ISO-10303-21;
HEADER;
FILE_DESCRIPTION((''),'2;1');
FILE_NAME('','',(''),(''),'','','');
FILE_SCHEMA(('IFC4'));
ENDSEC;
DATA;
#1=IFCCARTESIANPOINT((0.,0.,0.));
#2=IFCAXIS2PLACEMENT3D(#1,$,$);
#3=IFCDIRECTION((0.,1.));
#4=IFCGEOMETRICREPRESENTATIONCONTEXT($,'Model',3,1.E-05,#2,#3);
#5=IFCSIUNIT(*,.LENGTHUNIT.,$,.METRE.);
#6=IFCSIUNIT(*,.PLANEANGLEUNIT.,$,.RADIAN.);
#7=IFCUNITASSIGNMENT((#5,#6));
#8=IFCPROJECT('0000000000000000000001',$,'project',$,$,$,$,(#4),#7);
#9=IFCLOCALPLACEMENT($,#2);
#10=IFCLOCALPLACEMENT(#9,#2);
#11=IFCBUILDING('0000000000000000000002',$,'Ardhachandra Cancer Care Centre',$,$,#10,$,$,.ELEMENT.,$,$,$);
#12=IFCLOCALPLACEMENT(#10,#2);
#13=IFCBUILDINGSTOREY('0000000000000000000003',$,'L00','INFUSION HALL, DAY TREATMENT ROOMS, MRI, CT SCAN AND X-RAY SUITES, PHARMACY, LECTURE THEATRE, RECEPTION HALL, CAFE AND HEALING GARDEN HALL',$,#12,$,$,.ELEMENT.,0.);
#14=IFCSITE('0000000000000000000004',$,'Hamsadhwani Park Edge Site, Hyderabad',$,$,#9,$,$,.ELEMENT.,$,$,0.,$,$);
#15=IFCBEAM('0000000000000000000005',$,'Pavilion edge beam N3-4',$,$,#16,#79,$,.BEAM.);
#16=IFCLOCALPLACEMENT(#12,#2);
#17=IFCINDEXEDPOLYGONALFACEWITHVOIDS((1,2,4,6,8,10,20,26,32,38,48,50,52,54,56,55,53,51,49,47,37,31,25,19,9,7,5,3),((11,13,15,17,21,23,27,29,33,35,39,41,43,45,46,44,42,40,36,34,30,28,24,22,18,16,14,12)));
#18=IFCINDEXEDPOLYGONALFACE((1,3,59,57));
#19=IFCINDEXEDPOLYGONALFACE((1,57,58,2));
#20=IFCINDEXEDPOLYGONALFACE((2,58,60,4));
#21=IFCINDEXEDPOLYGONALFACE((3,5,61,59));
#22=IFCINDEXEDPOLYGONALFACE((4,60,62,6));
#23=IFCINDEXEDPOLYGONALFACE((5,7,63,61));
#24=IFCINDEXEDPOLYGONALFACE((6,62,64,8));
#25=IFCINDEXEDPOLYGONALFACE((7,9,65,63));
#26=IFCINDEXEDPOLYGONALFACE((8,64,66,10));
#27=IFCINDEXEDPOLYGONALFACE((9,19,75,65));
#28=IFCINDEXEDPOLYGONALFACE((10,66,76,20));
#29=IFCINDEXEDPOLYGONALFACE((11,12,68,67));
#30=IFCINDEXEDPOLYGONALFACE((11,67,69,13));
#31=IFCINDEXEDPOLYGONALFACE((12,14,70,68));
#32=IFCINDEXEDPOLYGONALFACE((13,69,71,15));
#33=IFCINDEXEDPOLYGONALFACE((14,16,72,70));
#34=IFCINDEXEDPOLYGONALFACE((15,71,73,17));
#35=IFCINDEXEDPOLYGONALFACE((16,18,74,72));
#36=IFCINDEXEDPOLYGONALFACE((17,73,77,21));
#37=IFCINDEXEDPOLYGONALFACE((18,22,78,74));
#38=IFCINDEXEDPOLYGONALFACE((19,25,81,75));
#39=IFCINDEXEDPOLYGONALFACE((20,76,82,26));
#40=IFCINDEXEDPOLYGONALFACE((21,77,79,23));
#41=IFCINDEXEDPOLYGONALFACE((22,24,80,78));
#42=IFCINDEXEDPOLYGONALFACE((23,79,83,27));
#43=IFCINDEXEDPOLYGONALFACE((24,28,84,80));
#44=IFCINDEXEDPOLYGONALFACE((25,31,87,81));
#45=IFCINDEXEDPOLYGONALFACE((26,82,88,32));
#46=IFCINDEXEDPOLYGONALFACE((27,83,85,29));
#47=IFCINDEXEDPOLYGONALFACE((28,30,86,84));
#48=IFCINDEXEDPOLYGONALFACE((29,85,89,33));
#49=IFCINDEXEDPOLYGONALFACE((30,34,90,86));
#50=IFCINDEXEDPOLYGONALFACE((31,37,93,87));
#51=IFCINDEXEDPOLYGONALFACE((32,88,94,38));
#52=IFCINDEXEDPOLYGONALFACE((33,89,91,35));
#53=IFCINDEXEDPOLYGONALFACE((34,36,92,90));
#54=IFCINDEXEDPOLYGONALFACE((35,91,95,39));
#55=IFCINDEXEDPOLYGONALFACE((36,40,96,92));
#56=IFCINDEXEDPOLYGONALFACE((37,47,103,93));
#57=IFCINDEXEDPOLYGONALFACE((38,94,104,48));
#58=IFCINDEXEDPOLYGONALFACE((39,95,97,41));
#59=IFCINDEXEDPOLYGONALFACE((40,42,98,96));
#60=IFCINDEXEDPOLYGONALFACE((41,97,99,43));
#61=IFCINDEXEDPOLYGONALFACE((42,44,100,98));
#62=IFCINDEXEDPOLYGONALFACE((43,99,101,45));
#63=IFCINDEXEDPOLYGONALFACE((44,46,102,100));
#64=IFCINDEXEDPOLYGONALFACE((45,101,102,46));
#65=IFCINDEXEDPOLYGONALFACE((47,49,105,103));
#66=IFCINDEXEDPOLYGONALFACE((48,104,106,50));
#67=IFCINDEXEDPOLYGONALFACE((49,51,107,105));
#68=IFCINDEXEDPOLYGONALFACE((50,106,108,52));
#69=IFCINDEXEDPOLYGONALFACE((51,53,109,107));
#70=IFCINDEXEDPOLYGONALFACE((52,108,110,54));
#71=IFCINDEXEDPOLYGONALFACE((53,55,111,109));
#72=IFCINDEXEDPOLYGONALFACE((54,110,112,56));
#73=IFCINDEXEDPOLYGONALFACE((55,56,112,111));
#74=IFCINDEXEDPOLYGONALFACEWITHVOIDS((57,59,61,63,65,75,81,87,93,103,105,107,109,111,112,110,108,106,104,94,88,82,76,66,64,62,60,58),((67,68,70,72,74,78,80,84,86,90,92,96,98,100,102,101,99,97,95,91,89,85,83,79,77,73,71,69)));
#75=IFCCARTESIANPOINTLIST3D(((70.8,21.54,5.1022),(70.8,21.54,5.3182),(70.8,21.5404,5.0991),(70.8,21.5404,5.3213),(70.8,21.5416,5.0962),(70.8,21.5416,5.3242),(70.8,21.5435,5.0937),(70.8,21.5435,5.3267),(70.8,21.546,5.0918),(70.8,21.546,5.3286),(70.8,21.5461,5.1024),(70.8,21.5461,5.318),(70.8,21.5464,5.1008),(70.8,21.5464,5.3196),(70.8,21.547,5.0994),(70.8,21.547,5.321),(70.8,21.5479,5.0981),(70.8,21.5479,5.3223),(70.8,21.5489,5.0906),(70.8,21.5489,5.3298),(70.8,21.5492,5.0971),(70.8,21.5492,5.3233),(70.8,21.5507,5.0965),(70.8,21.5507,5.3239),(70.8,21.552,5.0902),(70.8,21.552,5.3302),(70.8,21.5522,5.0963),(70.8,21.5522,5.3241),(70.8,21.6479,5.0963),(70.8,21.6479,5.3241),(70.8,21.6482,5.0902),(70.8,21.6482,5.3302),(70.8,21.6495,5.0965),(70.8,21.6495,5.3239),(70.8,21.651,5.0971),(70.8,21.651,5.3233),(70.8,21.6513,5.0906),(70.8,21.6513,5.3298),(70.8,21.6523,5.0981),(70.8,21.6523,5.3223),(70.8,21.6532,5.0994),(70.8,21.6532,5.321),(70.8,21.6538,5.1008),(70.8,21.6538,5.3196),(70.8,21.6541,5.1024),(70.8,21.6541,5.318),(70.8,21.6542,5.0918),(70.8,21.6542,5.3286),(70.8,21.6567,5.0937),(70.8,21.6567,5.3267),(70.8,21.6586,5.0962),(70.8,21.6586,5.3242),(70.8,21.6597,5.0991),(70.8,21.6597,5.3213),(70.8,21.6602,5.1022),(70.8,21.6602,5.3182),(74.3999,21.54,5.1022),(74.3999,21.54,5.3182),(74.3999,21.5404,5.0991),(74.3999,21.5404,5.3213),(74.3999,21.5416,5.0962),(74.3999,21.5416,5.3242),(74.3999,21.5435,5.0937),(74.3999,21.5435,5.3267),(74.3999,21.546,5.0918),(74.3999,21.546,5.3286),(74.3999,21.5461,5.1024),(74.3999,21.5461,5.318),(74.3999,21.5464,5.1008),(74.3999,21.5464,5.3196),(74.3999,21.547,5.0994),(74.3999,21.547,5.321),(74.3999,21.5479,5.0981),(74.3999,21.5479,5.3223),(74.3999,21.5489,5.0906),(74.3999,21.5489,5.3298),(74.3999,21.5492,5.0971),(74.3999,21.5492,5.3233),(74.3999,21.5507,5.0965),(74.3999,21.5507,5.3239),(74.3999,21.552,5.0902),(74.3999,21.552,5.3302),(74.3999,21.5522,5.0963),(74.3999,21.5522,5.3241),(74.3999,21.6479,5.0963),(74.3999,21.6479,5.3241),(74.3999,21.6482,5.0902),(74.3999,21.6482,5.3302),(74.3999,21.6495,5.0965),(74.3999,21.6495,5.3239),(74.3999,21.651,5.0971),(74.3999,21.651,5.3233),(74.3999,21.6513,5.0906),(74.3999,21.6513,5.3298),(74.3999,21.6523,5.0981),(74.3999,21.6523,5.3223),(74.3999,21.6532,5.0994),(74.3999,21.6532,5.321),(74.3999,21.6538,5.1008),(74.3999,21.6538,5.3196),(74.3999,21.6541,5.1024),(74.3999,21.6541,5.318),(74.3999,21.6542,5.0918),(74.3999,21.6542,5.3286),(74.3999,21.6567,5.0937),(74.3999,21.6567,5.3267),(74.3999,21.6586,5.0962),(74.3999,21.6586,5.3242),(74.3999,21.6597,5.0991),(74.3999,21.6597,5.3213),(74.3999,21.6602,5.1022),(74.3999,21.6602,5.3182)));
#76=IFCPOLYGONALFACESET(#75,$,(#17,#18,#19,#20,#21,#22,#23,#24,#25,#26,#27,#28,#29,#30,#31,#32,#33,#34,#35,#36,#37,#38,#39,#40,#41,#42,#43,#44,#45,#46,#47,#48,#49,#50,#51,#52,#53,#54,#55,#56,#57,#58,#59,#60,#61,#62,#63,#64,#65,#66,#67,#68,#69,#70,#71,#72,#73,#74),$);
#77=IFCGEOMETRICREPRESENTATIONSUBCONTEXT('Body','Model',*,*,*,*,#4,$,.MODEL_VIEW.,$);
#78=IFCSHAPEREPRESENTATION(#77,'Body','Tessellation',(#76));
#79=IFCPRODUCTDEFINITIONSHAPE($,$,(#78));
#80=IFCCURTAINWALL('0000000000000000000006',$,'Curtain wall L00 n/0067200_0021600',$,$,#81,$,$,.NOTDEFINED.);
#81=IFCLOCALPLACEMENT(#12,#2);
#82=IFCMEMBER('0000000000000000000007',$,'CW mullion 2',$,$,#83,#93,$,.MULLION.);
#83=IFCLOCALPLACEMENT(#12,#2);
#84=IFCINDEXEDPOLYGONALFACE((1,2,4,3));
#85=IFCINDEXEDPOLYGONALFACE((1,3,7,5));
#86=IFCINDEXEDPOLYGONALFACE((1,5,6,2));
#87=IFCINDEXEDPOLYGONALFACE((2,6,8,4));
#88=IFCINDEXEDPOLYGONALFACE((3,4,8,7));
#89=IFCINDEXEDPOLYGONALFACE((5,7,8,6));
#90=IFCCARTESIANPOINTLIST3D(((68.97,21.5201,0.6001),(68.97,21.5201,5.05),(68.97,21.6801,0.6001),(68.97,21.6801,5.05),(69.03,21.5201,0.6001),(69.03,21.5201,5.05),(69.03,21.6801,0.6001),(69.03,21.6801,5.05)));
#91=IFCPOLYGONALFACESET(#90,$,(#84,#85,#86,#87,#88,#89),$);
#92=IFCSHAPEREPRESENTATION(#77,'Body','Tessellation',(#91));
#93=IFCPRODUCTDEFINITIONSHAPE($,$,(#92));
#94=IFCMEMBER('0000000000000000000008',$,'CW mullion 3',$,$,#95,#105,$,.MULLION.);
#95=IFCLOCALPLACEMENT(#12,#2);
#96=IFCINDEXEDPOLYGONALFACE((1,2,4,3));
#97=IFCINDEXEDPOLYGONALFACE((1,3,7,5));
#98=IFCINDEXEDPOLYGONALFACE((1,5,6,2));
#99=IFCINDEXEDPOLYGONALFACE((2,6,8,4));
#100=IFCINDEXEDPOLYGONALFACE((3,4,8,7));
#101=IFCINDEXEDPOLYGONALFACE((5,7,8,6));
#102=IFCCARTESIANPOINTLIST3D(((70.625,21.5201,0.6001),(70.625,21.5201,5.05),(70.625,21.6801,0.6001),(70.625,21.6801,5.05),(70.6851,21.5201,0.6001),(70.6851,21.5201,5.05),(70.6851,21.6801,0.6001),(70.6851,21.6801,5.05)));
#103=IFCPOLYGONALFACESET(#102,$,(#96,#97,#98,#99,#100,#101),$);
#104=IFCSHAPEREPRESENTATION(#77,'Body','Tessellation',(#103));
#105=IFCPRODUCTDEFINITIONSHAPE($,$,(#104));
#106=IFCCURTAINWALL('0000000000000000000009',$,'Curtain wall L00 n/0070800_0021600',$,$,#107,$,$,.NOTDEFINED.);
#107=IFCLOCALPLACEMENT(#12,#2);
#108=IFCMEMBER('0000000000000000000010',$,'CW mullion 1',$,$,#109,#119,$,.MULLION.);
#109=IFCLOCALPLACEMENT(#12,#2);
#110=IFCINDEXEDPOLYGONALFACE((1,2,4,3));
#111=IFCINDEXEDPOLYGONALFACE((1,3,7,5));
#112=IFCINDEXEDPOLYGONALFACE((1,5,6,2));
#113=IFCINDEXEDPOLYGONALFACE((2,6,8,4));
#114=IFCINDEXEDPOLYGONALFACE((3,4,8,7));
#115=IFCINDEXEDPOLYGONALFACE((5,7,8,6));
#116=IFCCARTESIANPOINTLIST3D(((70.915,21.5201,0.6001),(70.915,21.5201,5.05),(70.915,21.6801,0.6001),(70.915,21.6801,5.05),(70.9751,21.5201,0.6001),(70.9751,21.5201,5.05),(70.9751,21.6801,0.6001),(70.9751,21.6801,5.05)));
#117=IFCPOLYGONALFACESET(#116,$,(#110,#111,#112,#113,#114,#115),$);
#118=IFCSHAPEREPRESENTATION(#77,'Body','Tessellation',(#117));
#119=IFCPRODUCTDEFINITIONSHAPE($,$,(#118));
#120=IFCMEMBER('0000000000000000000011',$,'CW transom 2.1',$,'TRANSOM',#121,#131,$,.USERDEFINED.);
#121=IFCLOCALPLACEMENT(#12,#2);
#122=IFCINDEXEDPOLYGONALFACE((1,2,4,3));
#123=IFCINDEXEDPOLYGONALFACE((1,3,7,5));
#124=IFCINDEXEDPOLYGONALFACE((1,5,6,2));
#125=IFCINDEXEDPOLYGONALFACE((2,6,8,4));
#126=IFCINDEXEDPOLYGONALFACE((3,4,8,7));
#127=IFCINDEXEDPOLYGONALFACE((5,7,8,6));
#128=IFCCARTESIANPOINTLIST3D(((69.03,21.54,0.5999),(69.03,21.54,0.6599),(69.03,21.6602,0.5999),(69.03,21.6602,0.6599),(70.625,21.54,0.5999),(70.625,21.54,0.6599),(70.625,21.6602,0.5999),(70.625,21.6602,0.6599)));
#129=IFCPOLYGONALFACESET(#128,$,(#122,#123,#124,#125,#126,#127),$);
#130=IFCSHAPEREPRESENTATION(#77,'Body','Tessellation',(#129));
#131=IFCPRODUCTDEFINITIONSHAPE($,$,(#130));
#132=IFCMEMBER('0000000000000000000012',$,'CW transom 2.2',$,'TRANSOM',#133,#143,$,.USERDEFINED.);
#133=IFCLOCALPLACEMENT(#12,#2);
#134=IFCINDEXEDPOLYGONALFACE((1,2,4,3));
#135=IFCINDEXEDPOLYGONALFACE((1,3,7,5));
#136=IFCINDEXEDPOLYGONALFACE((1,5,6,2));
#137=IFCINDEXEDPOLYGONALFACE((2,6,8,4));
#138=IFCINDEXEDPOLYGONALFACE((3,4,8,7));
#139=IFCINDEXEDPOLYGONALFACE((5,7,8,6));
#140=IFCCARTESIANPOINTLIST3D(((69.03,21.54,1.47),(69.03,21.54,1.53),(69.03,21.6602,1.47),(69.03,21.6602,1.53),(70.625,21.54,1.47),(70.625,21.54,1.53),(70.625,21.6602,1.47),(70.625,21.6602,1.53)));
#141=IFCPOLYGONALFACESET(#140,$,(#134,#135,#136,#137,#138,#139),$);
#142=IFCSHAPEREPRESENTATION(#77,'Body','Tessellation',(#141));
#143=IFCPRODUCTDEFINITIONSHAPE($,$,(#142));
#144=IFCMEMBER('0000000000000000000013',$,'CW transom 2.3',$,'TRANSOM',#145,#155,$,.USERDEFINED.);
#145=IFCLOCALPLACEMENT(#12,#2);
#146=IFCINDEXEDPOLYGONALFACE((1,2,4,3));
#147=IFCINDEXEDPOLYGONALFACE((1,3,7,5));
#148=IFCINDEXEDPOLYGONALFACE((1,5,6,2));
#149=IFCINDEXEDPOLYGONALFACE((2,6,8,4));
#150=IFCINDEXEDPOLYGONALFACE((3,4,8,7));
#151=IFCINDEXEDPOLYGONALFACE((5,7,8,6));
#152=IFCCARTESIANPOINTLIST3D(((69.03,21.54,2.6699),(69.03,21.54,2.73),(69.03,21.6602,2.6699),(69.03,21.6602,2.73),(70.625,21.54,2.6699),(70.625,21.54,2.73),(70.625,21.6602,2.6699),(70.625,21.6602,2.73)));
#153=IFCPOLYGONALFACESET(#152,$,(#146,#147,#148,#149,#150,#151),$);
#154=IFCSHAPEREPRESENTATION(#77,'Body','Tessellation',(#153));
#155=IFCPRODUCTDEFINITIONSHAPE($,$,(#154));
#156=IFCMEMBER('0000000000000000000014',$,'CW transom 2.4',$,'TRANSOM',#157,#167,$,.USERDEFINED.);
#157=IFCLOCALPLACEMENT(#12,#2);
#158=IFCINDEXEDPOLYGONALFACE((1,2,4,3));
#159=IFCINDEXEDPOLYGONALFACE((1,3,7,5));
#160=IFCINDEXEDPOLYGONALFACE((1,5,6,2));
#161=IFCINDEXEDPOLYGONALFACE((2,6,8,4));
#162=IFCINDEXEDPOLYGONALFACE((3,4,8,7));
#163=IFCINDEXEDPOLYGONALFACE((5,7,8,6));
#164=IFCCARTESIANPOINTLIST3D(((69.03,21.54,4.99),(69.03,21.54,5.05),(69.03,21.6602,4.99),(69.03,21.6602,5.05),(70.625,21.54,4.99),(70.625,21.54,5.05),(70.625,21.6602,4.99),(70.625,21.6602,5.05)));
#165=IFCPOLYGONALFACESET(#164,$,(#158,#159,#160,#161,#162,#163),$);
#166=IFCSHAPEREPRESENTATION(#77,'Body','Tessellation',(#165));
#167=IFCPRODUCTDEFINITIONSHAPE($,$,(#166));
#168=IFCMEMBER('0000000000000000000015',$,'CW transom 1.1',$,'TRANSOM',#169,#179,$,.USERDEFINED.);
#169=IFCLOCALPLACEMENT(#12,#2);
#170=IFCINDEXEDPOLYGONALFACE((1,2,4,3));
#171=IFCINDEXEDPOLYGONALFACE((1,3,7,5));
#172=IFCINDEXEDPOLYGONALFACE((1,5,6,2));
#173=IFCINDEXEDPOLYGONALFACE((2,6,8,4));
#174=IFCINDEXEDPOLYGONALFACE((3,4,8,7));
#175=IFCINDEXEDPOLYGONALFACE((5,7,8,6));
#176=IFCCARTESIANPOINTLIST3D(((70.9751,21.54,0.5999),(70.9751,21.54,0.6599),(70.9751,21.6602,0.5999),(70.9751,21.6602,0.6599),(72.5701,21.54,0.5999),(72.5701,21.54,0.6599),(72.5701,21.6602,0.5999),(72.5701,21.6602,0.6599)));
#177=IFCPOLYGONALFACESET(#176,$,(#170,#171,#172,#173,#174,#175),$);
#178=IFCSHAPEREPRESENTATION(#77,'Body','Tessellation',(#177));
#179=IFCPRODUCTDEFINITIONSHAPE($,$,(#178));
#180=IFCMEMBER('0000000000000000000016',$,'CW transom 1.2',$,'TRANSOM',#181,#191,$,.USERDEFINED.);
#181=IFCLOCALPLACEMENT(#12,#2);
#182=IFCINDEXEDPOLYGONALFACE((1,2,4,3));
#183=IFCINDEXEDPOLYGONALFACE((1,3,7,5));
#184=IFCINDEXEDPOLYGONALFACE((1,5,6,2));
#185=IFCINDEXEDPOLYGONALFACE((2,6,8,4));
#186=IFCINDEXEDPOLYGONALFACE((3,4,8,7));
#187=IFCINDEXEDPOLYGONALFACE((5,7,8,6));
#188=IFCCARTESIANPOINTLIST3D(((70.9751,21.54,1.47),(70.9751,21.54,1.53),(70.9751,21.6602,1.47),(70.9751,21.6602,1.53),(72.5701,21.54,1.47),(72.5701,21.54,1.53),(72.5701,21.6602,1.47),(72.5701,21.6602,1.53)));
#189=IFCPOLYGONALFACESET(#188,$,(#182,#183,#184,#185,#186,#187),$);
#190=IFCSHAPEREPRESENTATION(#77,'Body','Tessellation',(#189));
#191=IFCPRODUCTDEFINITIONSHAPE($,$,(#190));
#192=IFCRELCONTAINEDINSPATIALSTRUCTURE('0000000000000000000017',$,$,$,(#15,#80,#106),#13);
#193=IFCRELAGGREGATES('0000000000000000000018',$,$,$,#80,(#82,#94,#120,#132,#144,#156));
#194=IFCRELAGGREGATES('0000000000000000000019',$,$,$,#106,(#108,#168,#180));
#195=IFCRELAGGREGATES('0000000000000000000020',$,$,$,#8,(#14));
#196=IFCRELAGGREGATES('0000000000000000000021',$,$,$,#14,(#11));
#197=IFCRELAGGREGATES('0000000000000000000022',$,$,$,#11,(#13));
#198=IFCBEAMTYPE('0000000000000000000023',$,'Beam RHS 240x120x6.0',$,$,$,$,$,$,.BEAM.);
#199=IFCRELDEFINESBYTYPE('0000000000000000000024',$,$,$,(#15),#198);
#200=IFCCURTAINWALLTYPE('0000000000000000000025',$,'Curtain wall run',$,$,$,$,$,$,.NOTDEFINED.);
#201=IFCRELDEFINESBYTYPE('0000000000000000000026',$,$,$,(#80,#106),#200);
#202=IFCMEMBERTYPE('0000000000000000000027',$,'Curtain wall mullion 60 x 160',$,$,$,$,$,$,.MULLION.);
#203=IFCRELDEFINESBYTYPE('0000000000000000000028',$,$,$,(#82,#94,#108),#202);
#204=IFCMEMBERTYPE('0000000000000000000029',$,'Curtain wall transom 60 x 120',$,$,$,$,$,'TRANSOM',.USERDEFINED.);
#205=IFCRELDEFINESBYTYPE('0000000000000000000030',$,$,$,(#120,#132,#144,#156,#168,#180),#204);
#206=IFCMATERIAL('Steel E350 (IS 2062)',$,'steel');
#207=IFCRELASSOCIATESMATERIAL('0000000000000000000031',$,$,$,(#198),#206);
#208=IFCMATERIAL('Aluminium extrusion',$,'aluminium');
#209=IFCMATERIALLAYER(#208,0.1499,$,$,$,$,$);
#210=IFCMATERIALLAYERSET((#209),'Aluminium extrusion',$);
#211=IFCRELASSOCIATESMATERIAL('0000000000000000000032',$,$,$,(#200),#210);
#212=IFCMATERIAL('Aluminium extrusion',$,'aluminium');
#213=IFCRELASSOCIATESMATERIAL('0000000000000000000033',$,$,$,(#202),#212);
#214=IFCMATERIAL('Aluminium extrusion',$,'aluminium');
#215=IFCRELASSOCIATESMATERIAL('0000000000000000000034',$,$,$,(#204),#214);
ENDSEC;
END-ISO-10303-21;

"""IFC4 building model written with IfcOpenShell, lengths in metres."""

from ifc_helpers import new_model, si_unit, direction, frame, origin, origin_2d, place, context, subcontext, project, spatial, rectangle, hollow_rectangle, extrude, material, layer, layer_set, material_profile, profile_set, type_object, element, aggregate, save


model = new_model("IFC4")

# Units and contexts
model_context = context("Model", 3, precision=1e-05, world=origin(), true_north=direction((0.0, 1.0)))
body_context = subcontext(model_context, "Body", "Model", "MODEL_VIEW")
ifc_project = project(units=[si_unit("LENGTHUNIT", "METRE"), si_unit("PLANEANGLEUNIT", "RADIAN")], contexts=[model_context])

# Site, building, storey
site_placement = place(None, origin())
site = spatial("IfcSite", under=ifc_project, at=site_placement, Name="Hamsadhwani Park Edge Site, Hyderabad", CompositionType="ELEMENT", RefElevation=0.0)
building_placement = place(site_placement, origin())
building = spatial("IfcBuilding", under=site, at=building_placement, Name="Ardhachandra Cancer Care Centre", CompositionType="ELEMENT")
storey_placement = place(building_placement, origin())
storey = spatial("IfcBuildingStorey", under=building, at=storey_placement, Name="L00", Description="INFUSION HALL, DAY TREATMENT ROOMS, MRI, CT SCAN AND X-RAY SUITES, PHARMACY, LECTURE THEATRE, RECEPTION HALL, CAFE AND HEALING GARDEN HALL", CompositionType="ELEMENT", Elevation=0.0)

# Beam
ifc_material_1 = material(Name="Steel E350 (IS 2062)", Category="steel")
ifc_material_profile_1 = material_profile(ifc_material_1, hollow_rectangle(XDim=0.1201, YDim=0.24, WallThickness=0.0061, InnerFilletRadius=0.0061, OuterFilletRadius=0.012, at=origin_2d()), Name="RHS 240x120x6.0")
ifc_profile_set_1 = profile_set([ifc_material_profile_1], Name="Steel E350 (IS 2062)")
beam_type = type_object("IfcBeamType", Name="Beam RHS 240x120x6.0", PredefinedType="BEAM", material=ifc_profile_set_1)
beam_placement = place(storey_placement, frame((70.8, 21.6001, 5.2102), z_axis=(1.0, 0.0, 0.0), x_axis=(0.0, 1.0, 0.0)))
element("IfcBeam", 1, at=beam_placement, inside=storey, type_object=beam_type, Name="Pavilion edge beam N3-4", PredefinedType="BEAM", context=body_context, shape_type="SweptSolid", body=[
    extrude(hollow_rectangle(XDim=0.1201, YDim=0.24, WallThickness=0.0061, InnerFilletRadius=0.0061, OuterFilletRadius=0.012, at=origin_2d()), origin(), (0.0, 0.0, 1.0), 3.5999),
])

# Curtain wall, members
ifc_material_2 = material(Name="Aluminium extrusion", Category="aluminium")
ifc_layer_1 = layer(ifc_material_2, 0.1499)
ifc_layer_set_1 = layer_set([ifc_layer_1], Name="Aluminium extrusion")
curtain_wall_type = type_object("IfcCurtainWallType", Name="Curtain wall run", PredefinedType="NOTDEFINED", material=ifc_layer_set_1)
curtain_wall_1_placement = place(storey_placement, origin())
curtain_wall_1 = element("IfcCurtainWall", 2, at=curtain_wall_1_placement, inside=storey, type_object=curtain_wall_type, Name="Curtain wall L00 n/0067200_0021600", PredefinedType="NOTDEFINED")
ifc_material_3 = material(Name="Aluminium extrusion", Category="aluminium")
ifc_material_profile_2 = material_profile(ifc_material_3, rectangle(XDim=0.1599, YDim=0.0601, at=origin_2d()), Name="Curtain wall mullion 60 x 160")
ifc_profile_set_2 = profile_set([ifc_material_profile_2], Name="Aluminium extrusion")
member_type_1 = type_object("IfcMemberType", Name="Curtain wall mullion 60 x 160", PredefinedType="MULLION", material=ifc_profile_set_2)
member_1_placement = place(storey_placement, frame((69.0, 21.6001, 0.6001), z_axis=(0.0, 0.0, 1.0), x_axis=(0.0, 1.0, 0.0)))
member_1 = element("IfcMember", 3, at=member_1_placement, type_object=member_type_1, Name="CW mullion 2", PredefinedType="MULLION", context=body_context, shape_type="SweptSolid", body=[
    extrude(rectangle(XDim=0.1599, YDim=0.0601, at=origin_2d()), origin(), (0.0, 0.0, 1.0), 4.45),
])
member_2_placement = place(storey_placement, frame((70.655, 21.6001, 0.6001), z_axis=(0.0, 0.0, 1.0), x_axis=(0.0, 1.0, 0.0)))
member_2 = element("IfcMember", 4, at=member_2_placement, type_object=member_type_1, Name="CW mullion 3", PredefinedType="MULLION", context=body_context, shape_type="SweptSolid", body=[
    extrude(rectangle(XDim=0.1599, YDim=0.0601, at=origin_2d()), origin(), (0.0, 0.0, 1.0), 4.45),
])

# Curtain wall, member
curtain_wall_2_placement = place(storey_placement, origin())
curtain_wall_2 = element("IfcCurtainWall", 5, at=curtain_wall_2_placement, inside=storey, type_object=curtain_wall_type, Name="Curtain wall L00 n/0070800_0021600", PredefinedType="NOTDEFINED")
member_3_placement = place(storey_placement, frame((70.9451, 21.6001, 0.6001), z_axis=(0.0, 0.0, 1.0), x_axis=(0.0, 1.0, 0.0)))
member_3 = element("IfcMember", 6, at=member_3_placement, type_object=member_type_1, Name="CW mullion 1", PredefinedType="MULLION", context=body_context, shape_type="SweptSolid", body=[
    extrude(rectangle(XDim=0.1599, YDim=0.0601, at=origin_2d()), origin(), (0.0, 0.0, 1.0), 4.45),
])

# Members
ifc_material_4 = material(Name="Aluminium extrusion", Category="aluminium")
ifc_material_profile_3 = material_profile(ifc_material_4, rectangle(XDim=0.1201, YDim=0.0601, at=origin_2d()), Name="Curtain wall transom 60 x 120")
ifc_profile_set_3 = profile_set([ifc_material_profile_3], Name="Aluminium extrusion")
member_type_2 = type_object("IfcMemberType", Name="Curtain wall transom 60 x 120", ElementType="TRANSOM", PredefinedType="USERDEFINED", material=ifc_profile_set_3)
member_4_placement = place(storey_placement, frame((69.03, 21.6001, 0.6299), z_axis=(1.0, 0.0, 0.0), x_axis=(0.0, 1.0, 0.0)))
member_4 = element("IfcMember", 7, at=member_4_placement, type_object=member_type_2, Name="CW transom 2.1", ObjectType="TRANSOM", PredefinedType="USERDEFINED", context=body_context, shape_type="SweptSolid", body=[
    extrude(rectangle(XDim=0.1201, YDim=0.0601, at=origin_2d()), origin(), (0.0, 0.0, 1.0), 1.595),
])
member_5_placement = place(storey_placement, frame((69.03, 21.6001, 1.5), z_axis=(1.0, 0.0, 0.0), x_axis=(0.0, 1.0, 0.0)))
member_5 = element("IfcMember", 8, at=member_5_placement, type_object=member_type_2, Name="CW transom 2.2", ObjectType="TRANSOM", PredefinedType="USERDEFINED", context=body_context, shape_type="SweptSolid", body=[
    extrude(rectangle(XDim=0.1201, YDim=0.0601, at=origin_2d()), origin(), (0.0, 0.0, 1.0), 1.595),
])
member_6_placement = place(storey_placement, frame((69.03, 21.6001, 2.7), z_axis=(1.0, 0.0, 0.0), x_axis=(0.0, 1.0, 0.0)))
member_6 = element("IfcMember", 9, at=member_6_placement, type_object=member_type_2, Name="CW transom 2.3", ObjectType="TRANSOM", PredefinedType="USERDEFINED", context=body_context, shape_type="SweptSolid", body=[
    extrude(rectangle(XDim=0.1201, YDim=0.0601, at=origin_2d()), origin(), (0.0, 0.0, 1.0), 1.595),
])
member_7_placement = place(storey_placement, frame((69.03, 21.6001, 5.02), z_axis=(1.0, 0.0, 0.0), x_axis=(0.0, 1.0, 0.0)))
member_7 = element("IfcMember", 10, at=member_7_placement, type_object=member_type_2, Name="CW transom 2.4", ObjectType="TRANSOM", PredefinedType="USERDEFINED", context=body_context, shape_type="SweptSolid", body=[
    extrude(rectangle(XDim=0.1201, YDim=0.0601, at=origin_2d()), origin(), (0.0, 0.0, 1.0), 1.595),
])
member_8_placement = place(storey_placement, frame((70.9751, 21.6001, 0.6299), z_axis=(1.0, 0.0, 0.0), x_axis=(0.0, 1.0, 0.0)))
member_8 = element("IfcMember", 11, at=member_8_placement, type_object=member_type_2, Name="CW transom 1.1", ObjectType="TRANSOM", PredefinedType="USERDEFINED", context=body_context, shape_type="SweptSolid", body=[
    extrude(rectangle(XDim=0.1201, YDim=0.0601, at=origin_2d()), origin(), (0.0, 0.0, 1.0), 1.595),
])
member_9_placement = place(storey_placement, frame((70.9751, 21.6001, 1.5), z_axis=(1.0, 0.0, 0.0), x_axis=(0.0, 1.0, 0.0)))
member_9 = element("IfcMember", 12, at=member_9_placement, type_object=member_type_2, Name="CW transom 1.2", ObjectType="TRANSOM", PredefinedType="USERDEFINED", context=body_context, shape_type="SweptSolid", body=[
    extrude(rectangle(XDim=0.1201, YDim=0.0601, at=origin_2d()), origin(), (0.0, 0.0, 1.0), 1.595),
])

aggregate(curtain_wall_1, [member_1, member_2, member_4, member_5, member_6, member_7])
aggregate(curtain_wall_2, [member_3, member_8, member_9])

save(model, "model.ifc")
